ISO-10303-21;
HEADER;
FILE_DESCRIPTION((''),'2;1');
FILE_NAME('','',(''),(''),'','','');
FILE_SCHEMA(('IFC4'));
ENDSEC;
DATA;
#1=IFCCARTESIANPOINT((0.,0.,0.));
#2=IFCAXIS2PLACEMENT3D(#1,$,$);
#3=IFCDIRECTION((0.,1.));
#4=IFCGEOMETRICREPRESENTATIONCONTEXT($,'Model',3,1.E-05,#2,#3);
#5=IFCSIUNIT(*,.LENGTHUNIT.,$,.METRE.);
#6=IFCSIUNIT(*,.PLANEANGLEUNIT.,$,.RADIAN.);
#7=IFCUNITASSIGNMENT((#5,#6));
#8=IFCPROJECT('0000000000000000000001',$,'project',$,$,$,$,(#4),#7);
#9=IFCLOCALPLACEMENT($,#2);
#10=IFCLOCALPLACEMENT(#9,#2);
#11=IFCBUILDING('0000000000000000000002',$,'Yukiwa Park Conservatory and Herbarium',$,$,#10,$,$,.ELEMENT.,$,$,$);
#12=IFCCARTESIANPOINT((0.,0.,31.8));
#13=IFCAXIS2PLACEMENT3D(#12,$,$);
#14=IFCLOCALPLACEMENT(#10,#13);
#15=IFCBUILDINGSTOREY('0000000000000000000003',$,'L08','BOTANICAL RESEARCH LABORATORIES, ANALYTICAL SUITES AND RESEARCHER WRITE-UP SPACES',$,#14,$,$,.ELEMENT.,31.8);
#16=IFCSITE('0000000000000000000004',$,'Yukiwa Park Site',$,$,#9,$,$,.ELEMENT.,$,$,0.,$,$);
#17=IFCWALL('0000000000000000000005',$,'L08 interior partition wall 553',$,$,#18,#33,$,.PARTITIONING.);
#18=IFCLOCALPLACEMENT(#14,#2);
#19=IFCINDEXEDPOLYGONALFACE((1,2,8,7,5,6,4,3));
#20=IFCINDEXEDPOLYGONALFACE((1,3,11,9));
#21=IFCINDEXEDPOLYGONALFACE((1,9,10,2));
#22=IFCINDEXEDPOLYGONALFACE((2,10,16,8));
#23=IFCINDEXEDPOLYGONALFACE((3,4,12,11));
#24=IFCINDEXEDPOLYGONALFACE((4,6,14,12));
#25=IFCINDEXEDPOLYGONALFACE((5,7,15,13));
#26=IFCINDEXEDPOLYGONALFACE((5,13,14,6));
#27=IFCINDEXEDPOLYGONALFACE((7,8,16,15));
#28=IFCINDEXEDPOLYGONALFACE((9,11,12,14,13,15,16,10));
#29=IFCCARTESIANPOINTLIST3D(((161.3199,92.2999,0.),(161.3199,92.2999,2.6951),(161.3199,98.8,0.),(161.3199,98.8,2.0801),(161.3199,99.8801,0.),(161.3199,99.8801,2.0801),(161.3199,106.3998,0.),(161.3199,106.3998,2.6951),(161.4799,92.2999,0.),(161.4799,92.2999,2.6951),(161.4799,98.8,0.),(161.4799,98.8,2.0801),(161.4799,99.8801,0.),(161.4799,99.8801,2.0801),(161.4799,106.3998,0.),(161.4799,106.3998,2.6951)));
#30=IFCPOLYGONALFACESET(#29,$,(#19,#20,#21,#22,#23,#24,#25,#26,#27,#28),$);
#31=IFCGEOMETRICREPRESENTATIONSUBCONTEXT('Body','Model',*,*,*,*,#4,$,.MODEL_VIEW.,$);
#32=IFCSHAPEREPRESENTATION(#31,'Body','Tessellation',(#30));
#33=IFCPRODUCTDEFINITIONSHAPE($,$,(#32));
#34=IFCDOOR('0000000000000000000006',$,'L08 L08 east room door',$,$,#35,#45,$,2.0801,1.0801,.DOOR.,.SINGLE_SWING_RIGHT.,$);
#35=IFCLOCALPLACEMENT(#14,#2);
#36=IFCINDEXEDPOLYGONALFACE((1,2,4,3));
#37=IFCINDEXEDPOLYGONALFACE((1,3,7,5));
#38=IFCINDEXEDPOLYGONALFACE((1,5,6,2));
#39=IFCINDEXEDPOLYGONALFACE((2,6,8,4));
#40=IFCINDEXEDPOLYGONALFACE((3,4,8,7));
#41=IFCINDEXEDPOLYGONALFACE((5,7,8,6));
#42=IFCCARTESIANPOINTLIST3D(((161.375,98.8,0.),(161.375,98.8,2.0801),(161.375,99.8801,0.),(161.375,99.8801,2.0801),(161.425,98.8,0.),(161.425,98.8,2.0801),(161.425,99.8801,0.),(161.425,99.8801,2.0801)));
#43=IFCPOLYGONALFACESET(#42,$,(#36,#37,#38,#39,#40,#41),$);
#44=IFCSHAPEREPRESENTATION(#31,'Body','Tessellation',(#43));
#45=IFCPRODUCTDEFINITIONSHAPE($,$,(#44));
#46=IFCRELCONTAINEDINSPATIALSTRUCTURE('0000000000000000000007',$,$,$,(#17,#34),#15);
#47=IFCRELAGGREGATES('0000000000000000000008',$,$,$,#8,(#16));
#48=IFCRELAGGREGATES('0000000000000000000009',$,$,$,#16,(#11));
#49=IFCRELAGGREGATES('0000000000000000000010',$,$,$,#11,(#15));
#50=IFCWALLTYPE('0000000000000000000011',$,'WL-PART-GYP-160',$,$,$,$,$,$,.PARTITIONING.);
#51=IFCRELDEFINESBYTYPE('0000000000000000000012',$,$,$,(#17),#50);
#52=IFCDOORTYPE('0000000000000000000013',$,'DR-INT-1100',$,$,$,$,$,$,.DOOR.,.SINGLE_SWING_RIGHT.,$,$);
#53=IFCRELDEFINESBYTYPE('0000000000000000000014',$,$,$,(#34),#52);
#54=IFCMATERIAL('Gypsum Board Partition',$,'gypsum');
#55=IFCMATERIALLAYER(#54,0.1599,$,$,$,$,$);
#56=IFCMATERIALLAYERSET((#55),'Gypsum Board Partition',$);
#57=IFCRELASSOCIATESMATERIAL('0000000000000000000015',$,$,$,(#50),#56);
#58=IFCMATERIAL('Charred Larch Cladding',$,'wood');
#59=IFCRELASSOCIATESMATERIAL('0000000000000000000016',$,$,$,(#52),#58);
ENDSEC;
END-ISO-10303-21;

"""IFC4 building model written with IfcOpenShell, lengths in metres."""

from ifc_helpers import new_model, si_unit, direction, frame, frame_2d, origin, place, context, subcontext, project, spatial, rectangle, extrude, material, layer, layer_set, type_object, element, fill, save


model = new_model("IFC4")

# Units and contexts
model_context = context("Model", 3, precision=1e-05, world=origin(), true_north=direction((0.0, 1.0)))
body_context = subcontext(model_context, "Body", "Model", "MODEL_VIEW")
ifc_project = project(units=[si_unit("LENGTHUNIT", "METRE"), si_unit("PLANEANGLEUNIT", "RADIAN")], contexts=[model_context])

# Site, building, storey
site_placement = place(None, origin())
site = spatial("IfcSite", under=ifc_project, at=site_placement, Name="Yukiwa Park Site", CompositionType="ELEMENT", RefElevation=0.0)
building_placement = place(site_placement, origin())
building = spatial("IfcBuilding", under=site, at=building_placement, Name="Yukiwa Park Conservatory and Herbarium", CompositionType="ELEMENT")
storey_placement = place(building_placement, frame((0.0, 0.0, 31.8)))
storey = spatial("IfcBuildingStorey", under=building, at=storey_placement, Name="L08", Description="BOTANICAL RESEARCH LABORATORIES, ANALYTICAL SUITES AND RESEARCHER WRITE-UP SPACES", CompositionType="ELEMENT", Elevation=31.8)

# Wall, opening, door
ifc_material_1 = material(Name="Gypsum Board Partition", Category="gypsum")
ifc_layer_1 = layer(ifc_material_1, 0.1599)
ifc_layer_set_1 = layer_set([ifc_layer_1], Name="Gypsum Board Partition")
wall_type = type_object("IfcWallType", Name="WL-PART-GYP-160", PredefinedType="PARTITIONING", material=ifc_layer_set_1)
wall_placement = place(storey_placement, frame((161.3999, 92.3, 0.0), z_axis=(0.0, 0.0, 1.0), x_axis=(0.0, 1.0, 0.0)))
wall = element("IfcWall", 1, at=wall_placement, inside=storey, type_object=wall_type, Name="L08 interior partition wall 553", PredefinedType="PARTITIONING", context=body_context, shape_type="SweptSolid", body=[
    extrude(rectangle(XDim=14.0999, YDim=0.1599, at=frame_2d((7.0498, 0.0))), origin(), (0.0, 0.0, 1.0), 2.6951),
])
opening_placement = place(wall_placement, frame((6.5, 0.0, 0.0)))
opening = element("IfcOpeningElement", 2, at=opening_placement, cuts=wall, PredefinedType="OPENING", context=body_context, shape_type="SweptSolid", body=[
    extrude(rectangle(XDim=1.0801, YDim=2.0801, at=frame_2d((0.54, 1.04))), frame((0.0, 0.0898, 0.0), z_axis=(0.0, -1.0, 0.0), x_axis=(1.0, 0.0, 0.0)), (0.0, 0.0, 1.0), 0.1799),
])
ifc_material_2 = material(Name="Charred Larch Cladding", Category="wood")
door_type = type_object("IfcDoorType", Name="DR-INT-1100", OperationType="SINGLE_SWING_RIGHT", PredefinedType="DOOR", material=ifc_material_2)
door_placement = place(opening_placement, origin())
door = element("IfcDoor", 3, at=door_placement, inside=storey, type_object=door_type, Name="L08 L08 east room door", OperationType="SINGLE_SWING_RIGHT", OverallHeight=2.0801, OverallWidth=1.0801, PredefinedType="DOOR", context=body_context, shape_type="SweptSolid", body=[
    extrude(rectangle(XDim=1.0801, YDim=2.0801, at=frame_2d((0.54, 1.04))), frame((0.0, 0.0249, 0.0), z_axis=(0.0, -1.0, 0.0), x_axis=(1.0, 0.0, 0.0)), (0.0, 0.0, 1.0), 0.05),
])
fill(opening, door)

save(model, "model.ifc")
